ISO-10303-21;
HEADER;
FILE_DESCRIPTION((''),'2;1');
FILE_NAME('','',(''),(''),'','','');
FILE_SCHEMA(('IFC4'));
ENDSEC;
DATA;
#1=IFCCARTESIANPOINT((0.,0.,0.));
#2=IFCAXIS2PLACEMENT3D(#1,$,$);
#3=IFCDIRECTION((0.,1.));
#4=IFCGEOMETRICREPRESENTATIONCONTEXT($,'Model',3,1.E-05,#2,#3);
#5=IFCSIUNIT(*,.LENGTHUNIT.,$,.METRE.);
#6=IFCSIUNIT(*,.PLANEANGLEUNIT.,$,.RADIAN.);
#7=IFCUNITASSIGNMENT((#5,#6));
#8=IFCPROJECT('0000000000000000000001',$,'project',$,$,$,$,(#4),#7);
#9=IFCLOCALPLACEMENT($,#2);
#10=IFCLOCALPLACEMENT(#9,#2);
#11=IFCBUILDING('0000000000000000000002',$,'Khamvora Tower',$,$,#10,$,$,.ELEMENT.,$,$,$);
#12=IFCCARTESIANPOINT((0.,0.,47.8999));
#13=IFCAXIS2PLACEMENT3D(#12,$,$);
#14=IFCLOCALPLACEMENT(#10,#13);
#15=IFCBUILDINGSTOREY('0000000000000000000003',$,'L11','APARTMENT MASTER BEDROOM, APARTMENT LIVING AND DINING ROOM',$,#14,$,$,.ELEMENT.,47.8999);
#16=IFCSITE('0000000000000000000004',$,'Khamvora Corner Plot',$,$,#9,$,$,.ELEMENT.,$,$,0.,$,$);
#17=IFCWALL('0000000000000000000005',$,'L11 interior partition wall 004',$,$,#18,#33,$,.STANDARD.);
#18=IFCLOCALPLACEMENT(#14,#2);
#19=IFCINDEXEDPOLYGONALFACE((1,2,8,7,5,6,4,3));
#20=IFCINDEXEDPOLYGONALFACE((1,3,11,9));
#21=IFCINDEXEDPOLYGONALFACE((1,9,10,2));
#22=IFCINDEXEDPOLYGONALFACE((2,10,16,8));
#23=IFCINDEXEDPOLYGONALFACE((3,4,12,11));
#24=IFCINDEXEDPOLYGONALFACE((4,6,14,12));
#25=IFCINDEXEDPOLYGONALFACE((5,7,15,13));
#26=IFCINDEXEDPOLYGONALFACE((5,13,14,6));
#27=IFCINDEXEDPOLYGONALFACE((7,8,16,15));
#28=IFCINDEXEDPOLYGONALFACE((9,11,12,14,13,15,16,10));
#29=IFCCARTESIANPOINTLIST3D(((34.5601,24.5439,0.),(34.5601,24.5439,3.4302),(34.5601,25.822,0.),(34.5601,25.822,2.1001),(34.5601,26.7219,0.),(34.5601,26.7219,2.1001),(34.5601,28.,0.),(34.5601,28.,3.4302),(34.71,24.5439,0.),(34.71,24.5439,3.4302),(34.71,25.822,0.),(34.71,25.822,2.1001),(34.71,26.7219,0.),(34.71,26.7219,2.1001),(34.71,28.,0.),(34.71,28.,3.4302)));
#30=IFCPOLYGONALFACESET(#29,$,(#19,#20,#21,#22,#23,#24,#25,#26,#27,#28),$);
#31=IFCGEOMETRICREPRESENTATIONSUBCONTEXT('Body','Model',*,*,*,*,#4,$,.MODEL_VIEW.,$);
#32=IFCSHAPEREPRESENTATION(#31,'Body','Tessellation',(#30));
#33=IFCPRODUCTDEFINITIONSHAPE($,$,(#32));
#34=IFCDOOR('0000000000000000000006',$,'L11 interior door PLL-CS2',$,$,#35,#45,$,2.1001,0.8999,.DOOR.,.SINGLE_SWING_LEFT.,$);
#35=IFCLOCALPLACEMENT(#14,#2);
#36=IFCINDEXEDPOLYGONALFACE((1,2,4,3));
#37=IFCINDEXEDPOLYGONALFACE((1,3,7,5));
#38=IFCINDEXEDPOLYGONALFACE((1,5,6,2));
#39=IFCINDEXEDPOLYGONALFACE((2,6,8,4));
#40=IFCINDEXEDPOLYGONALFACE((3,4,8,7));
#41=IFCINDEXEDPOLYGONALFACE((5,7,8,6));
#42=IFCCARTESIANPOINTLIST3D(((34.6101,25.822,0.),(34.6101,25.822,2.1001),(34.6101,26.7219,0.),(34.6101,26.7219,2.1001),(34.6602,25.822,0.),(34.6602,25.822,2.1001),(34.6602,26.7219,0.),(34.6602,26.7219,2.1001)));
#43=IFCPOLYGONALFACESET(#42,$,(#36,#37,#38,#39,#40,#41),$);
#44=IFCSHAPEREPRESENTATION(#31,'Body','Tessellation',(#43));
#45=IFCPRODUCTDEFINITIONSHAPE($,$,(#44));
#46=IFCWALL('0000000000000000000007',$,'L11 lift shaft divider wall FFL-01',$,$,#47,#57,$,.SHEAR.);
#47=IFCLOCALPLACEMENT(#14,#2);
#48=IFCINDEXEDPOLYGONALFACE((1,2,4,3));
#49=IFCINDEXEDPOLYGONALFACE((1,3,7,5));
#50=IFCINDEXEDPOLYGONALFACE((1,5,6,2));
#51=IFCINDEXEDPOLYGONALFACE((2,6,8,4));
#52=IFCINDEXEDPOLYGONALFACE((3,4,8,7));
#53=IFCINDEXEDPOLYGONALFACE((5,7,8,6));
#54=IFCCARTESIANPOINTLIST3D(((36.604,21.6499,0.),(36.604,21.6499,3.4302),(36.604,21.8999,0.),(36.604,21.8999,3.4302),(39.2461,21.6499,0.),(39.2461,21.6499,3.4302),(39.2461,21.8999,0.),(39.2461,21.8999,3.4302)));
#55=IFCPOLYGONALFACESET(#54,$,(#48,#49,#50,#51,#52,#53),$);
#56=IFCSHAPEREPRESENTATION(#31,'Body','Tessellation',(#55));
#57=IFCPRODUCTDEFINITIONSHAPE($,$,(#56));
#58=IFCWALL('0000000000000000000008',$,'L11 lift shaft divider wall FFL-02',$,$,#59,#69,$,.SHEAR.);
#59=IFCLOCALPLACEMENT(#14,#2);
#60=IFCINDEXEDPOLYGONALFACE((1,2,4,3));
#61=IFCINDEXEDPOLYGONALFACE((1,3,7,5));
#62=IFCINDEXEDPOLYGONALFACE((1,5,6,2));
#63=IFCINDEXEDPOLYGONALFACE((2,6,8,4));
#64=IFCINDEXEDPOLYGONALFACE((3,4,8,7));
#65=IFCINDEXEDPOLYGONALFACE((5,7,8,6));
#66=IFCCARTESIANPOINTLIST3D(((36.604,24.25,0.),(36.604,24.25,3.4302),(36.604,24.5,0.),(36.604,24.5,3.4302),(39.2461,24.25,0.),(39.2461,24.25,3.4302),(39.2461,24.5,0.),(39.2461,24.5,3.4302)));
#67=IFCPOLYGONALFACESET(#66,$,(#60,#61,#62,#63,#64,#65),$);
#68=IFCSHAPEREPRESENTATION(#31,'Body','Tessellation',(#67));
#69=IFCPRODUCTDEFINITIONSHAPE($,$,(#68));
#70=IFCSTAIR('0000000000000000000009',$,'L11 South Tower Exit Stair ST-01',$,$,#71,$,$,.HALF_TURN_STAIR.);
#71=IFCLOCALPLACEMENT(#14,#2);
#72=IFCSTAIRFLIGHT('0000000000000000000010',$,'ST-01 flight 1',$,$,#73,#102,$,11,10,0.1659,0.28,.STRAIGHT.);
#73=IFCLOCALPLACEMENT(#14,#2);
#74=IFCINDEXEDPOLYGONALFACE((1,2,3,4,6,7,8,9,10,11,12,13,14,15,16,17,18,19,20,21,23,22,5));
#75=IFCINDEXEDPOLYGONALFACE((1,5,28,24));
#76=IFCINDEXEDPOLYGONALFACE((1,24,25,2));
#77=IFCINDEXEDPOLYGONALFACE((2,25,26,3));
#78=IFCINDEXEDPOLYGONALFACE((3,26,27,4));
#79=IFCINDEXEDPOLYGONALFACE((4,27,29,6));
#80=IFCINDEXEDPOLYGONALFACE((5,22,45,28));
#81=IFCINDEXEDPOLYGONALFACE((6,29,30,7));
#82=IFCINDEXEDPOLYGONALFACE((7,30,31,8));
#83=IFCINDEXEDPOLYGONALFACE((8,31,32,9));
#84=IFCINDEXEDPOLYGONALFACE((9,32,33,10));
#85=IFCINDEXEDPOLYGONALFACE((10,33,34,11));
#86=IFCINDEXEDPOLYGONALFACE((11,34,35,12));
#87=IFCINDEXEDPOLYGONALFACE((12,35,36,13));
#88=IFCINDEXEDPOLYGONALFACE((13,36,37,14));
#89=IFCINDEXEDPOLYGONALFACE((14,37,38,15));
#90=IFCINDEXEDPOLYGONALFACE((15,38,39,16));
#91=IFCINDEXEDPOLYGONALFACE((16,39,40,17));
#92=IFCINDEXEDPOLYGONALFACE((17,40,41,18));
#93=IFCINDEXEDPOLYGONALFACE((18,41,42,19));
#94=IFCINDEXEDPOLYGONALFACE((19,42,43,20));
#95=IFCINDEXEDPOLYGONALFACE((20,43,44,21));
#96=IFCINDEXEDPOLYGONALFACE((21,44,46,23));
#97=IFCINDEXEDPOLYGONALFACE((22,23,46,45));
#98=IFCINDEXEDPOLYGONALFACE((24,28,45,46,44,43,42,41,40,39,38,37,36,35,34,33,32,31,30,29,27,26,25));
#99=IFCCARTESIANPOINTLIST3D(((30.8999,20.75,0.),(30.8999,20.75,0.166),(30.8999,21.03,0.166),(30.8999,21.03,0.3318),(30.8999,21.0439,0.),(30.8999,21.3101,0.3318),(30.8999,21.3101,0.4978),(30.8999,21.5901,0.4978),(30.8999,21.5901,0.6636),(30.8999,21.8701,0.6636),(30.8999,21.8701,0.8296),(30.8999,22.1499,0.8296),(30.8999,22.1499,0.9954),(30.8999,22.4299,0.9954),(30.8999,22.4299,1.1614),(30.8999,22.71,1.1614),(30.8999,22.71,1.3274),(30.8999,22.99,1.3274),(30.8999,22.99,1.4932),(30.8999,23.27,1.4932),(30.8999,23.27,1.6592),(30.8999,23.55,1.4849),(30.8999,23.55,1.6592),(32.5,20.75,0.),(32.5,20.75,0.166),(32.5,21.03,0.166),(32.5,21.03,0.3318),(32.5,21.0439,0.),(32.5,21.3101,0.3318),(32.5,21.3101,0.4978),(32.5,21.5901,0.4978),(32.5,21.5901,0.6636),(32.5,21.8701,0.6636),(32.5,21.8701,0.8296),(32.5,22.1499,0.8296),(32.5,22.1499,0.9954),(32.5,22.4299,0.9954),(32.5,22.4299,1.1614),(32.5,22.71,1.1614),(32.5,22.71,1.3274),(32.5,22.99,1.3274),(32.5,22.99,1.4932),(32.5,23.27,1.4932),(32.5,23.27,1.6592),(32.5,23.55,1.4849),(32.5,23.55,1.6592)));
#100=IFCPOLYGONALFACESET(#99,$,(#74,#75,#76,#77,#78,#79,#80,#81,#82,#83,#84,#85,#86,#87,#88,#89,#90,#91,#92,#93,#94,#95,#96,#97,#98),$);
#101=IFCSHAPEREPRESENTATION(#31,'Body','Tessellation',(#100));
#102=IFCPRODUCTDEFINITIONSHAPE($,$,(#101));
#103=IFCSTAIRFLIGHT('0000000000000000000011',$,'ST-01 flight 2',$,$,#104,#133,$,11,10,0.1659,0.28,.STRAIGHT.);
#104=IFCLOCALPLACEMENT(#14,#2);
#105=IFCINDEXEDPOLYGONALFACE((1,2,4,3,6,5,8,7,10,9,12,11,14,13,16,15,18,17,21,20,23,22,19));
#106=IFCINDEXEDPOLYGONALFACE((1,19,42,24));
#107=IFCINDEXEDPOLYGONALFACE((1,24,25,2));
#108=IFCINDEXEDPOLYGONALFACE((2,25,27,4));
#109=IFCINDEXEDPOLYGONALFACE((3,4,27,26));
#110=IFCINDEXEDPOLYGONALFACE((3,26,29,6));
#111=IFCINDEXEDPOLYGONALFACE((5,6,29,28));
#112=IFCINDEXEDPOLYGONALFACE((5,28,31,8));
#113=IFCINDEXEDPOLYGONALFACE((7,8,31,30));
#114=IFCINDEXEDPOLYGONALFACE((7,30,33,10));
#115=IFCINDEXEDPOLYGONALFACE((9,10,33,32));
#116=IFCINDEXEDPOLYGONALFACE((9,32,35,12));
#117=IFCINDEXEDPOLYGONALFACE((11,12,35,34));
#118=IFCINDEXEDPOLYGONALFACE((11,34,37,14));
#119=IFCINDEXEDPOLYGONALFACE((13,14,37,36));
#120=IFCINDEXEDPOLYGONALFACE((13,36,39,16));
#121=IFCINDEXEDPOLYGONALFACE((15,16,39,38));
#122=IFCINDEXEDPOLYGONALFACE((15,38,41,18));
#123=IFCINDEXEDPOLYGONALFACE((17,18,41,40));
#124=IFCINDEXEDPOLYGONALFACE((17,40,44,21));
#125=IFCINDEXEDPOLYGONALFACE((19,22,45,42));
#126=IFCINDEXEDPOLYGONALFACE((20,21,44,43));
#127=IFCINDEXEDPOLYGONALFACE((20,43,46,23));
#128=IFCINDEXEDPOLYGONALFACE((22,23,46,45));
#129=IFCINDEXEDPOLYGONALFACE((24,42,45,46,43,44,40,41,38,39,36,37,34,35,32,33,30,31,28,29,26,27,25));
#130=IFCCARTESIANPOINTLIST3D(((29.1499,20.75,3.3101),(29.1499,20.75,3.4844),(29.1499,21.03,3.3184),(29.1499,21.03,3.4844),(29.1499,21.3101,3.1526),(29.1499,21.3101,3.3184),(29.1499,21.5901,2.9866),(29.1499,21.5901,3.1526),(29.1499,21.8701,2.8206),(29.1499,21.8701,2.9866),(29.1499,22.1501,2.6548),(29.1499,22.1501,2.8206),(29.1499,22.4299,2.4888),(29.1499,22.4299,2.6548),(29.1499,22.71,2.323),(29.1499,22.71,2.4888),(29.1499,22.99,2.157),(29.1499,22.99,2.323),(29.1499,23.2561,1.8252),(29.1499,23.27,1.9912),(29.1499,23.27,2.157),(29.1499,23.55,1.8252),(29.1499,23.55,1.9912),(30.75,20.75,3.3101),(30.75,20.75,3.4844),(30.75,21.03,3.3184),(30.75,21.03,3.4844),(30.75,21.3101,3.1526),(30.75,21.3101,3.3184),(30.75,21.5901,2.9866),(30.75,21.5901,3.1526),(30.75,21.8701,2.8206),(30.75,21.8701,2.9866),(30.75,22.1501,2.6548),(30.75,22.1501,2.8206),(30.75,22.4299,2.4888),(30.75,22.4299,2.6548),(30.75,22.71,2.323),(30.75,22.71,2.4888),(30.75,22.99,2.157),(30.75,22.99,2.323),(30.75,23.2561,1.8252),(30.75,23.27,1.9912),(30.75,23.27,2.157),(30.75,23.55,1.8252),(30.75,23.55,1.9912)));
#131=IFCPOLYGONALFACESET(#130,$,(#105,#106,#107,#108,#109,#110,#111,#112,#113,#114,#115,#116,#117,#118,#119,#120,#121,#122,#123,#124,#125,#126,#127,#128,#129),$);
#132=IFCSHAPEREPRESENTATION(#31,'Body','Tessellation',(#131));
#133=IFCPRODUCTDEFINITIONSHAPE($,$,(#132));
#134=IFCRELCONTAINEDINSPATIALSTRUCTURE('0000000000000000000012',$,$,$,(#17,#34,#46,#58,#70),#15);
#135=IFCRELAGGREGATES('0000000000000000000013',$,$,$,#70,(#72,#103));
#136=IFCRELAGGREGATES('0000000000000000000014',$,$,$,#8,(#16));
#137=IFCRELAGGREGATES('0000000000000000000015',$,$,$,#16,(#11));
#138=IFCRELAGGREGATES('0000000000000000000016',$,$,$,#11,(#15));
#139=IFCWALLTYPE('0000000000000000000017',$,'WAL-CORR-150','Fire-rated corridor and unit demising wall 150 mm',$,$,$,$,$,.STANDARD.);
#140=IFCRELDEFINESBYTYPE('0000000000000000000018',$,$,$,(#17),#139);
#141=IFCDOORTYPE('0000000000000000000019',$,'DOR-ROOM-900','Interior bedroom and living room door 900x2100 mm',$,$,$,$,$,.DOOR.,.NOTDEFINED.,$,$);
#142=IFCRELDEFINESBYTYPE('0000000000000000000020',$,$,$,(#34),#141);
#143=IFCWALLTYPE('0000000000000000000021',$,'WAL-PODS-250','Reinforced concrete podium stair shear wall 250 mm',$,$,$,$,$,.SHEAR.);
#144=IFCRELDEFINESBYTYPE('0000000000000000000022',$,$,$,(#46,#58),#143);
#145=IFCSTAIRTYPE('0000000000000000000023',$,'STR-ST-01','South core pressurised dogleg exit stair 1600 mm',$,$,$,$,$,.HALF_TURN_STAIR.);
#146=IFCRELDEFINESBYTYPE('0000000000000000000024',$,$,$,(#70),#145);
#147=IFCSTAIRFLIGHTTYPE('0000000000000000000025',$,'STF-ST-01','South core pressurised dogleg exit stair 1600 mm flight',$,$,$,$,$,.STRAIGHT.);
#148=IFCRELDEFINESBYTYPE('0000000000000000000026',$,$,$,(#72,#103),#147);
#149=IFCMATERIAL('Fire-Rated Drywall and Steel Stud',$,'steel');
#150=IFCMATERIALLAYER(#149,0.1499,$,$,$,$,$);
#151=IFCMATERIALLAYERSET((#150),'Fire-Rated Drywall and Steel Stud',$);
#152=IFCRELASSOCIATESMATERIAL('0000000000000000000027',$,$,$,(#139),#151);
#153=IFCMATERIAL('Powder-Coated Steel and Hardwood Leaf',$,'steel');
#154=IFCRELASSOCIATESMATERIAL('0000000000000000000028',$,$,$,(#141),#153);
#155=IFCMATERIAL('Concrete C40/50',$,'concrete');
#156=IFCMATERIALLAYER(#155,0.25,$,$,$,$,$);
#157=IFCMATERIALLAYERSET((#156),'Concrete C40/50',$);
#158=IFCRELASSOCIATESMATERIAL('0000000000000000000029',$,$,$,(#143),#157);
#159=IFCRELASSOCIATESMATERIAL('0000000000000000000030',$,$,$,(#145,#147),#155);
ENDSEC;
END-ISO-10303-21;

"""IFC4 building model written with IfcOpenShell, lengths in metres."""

from ifc_helpers import new_model, si_unit, direction, frame, frame_2d, origin, place, context, subcontext, project, spatial, polyline, rectangle, outline, extrude, material, layer, layer_set, type_object, element, fill, aggregate, save


model = new_model("IFC4")

# Units and contexts
model_context = context("Model", 3, precision=1e-05, world=origin(), true_north=direction((0.0, 1.0)))
body_context = subcontext(model_context, "Body", "Model", "MODEL_VIEW")
ifc_project = project(units=[si_unit("LENGTHUNIT", "METRE"), si_unit("PLANEANGLEUNIT", "RADIAN")], contexts=[model_context])

# Site, building, storey
site_placement = place(None, origin())
site = spatial("IfcSite", under=ifc_project, at=site_placement, Name="Khamvora Corner Plot", CompositionType="ELEMENT", RefElevation=0.0)
building_placement = place(site_placement, origin())
building = spatial("IfcBuilding", under=site, at=building_placement, Name="Khamvora Tower", CompositionType="ELEMENT")
storey_placement = place(building_placement, frame((0.0, 0.0, 47.8999)))
storey = spatial("IfcBuildingStorey", under=building, at=storey_placement, Name="L11", Description="APARTMENT MASTER BEDROOM, APARTMENT LIVING AND DINING ROOM", CompositionType="ELEMENT", Elevation=47.8999)

# Shared definitions
ifc_material_1 = material(Name="Powder-Coated Steel and Hardwood Leaf", Category="steel")

# Wall, opening, door
ifc_material_2 = material(Name="Fire-Rated Drywall and Steel Stud", Category="steel")
ifc_layer_1 = layer(ifc_material_2, 0.1499)
ifc_layer_set_1 = layer_set([ifc_layer_1], Name="Fire-Rated Drywall and Steel Stud")
wall_type_1 = type_object("IfcWallType", Name="WAL-CORR-150", Description="Fire-rated corridor and unit demising wall 150 mm", PredefinedType="STANDARD", material=ifc_layer_set_1)
wall_1_placement = place(storey_placement, frame((34.635, 24.5439, 0.0), z_axis=(0.0, 0.0, 1.0), x_axis=(0.0, 1.0, 0.0)))
wall_1 = element("IfcWall", 1, at=wall_1_placement, inside=storey, type_object=wall_type_1, Name="L11 interior partition wall 004", PredefinedType="STANDARD", context=body_context, shape_type="SweptSolid", body=[
    extrude(rectangle(XDim=3.4561, YDim=0.1499, at=frame_2d((1.728, 0.0))), origin(), (0.0, 0.0, 1.0), 3.4302),
])
opening_1_placement = place(wall_1_placement, frame((1.2781, 0.0, 0.0)))
opening_1 = element("IfcOpeningElement", 2, at=opening_1_placement, cuts=wall_1, PredefinedType="OPENING", context=body_context, shape_type="SweptSolid", body=[
    extrude(rectangle(XDim=0.8999, YDim=2.1001, at=frame_2d((0.45, 1.05))), frame((0.0, 0.085, 0.0), z_axis=(0.0, -1.0, 0.0), x_axis=(1.0, 0.0, 0.0)), (0.0, 0.0, 1.0), 0.1699),
])
door_type_1 = type_object("IfcDoorType", Name="DOR-ROOM-900", Description="Interior bedroom and living room door 900x2100 mm", OperationType="NOTDEFINED", PredefinedType="DOOR", material=ifc_material_1)
door_1_placement = place(opening_1_placement, origin())
door_1 = element("IfcDoor", 3, at=door_1_placement, inside=storey, type_object=door_type_1, Name="L11 interior door PLL-CS2", OperationType="SINGLE_SWING_LEFT", OverallHeight=2.1001, OverallWidth=0.8999, PredefinedType="DOOR", context=body_context, shape_type="SweptSolid", body=[
    extrude(rectangle(XDim=0.8999, YDim=2.1001, at=frame_2d((0.45, 1.05))), frame((0.0, 0.0249, 0.0), z_axis=(0.0, -1.0, 0.0), x_axis=(1.0, 0.0, 0.0)), (0.0, 0.0, 1.0), 0.05),
])
fill(opening_1, door_1)

# Walls
ifc_material_3 = material(Name="Concrete C40/50", Category="concrete")
ifc_layer_2 = layer(ifc_material_3, 0.25)
ifc_layer_set_2 = layer_set([ifc_layer_2], Name="Concrete C40/50")
wall_type_2 = type_object("IfcWallType", Name="WAL-PODS-250", Description="Reinforced concrete podium stair shear wall 250 mm", PredefinedType="SHEAR", material=ifc_layer_set_2)
for number, where, z_axis, x_axis, name in (
    (4, (36.604, 21.7749, 0.0), (0.0, 0.0, 1.0), (1.0, 0.0, 0.0), "L11 lift shaft divider wall FFL-01"),
    (5, (36.604, 24.375, 0.0), (0.0, 0.0, 1.0), (1.0, 0.0, 0.0), "L11 lift shaft divider wall FFL-02"),
):
    element("IfcWall", number, at=place(storey_placement, frame(where, z_axis=z_axis, x_axis=x_axis)), inside=storey, type_object=wall_type_2, Name=name, PredefinedType="SHEAR", context=body_context, shape_type="SweptSolid", body=[
        extrude(rectangle(XDim=2.6421, YDim=0.25, at=frame_2d((1.321, 0.0))), origin(), (0.0, 0.0, 1.0), 3.4302),
    ])

# Stair, stair flights
stair_type = type_object("IfcStairType", Name="STR-ST-01", Description="South core pressurised dogleg exit stair 1600 mm", PredefinedType="HALF_TURN_STAIR", material=ifc_material_3)
stair_placement = place(storey_placement, origin())
stair = element("IfcStair", 6, at=stair_placement, inside=storey, type_object=stair_type, Name="L11 South Tower Exit Stair ST-01", PredefinedType="HALF_TURN_STAIR")
stair_flight_type = type_object("IfcStairFlightType", Name="STF-ST-01", Description="South core pressurised dogleg exit stair 1600 mm flight", PredefinedType="STRAIGHT", material=ifc_material_3)
stair_flight_1_placement = place(storey_placement, frame((31.7, 20.75, 0.0), z_axis=(0.0, 0.0, 1.0), x_axis=(0.0, 1.0, 0.0)))
stair_flight_1 = element("IfcStairFlight", 7, at=stair_flight_1_placement, type_object=stair_flight_type, Name="ST-01 flight 1", NumberOfRisers=11, NumberOfTreads=10, PredefinedType="STRAIGHT", RiserHeight=0.1659, TreadLength=0.28, context=body_context, shape_type="SweptSolid", body=[
    extrude(outline(polyline([(0.0, 0.0), (0.0, 0.166), (0.28, 0.166), (0.28, 0.3318), (0.5601, 0.3318), (0.5601, 0.4978), (0.8401, 0.4978), (0.8401, 0.6636), (1.1201, 0.6636), (1.1201, 0.8296), (1.3999, 0.8296), (1.3999, 0.9954), (1.6799, 0.9954), (1.6799, 1.1614), (1.96, 1.1614), (1.96, 1.3274), (2.24, 1.3274), (2.24, 1.4932), (2.52, 1.4932), (2.52, 1.6592), (2.8, 1.6592), (2.8, 1.825), (2.8, 1.4849), (0.2939, 0.0), (0.0, 0.0)])), frame((0.0, 0.8, 0.0), z_axis=(0.0, -1.0, 0.0), x_axis=(1.0, 0.0, 0.0)), (0.0, 0.0, 1.0), 1.6001),
])
stair_flight_2_placement = place(storey_placement, frame((29.95, 23.55, 1.8252), z_axis=(0.0, 0.0, 1.0), x_axis=(0.0, -1.0, 0.0)))
stair_flight_2 = element("IfcStairFlight", 8, at=stair_flight_2_placement, type_object=stair_flight_type, Name="ST-01 flight 2", NumberOfRisers=11, NumberOfTreads=10, PredefinedType="STRAIGHT", RiserHeight=0.1659, TreadLength=0.28, context=body_context, shape_type="SweptSolid", body=[
    extrude(outline(polyline([(0.0, 0.0), (0.0, 0.166), (0.28, 0.166), (0.28, 0.3318), (0.5601, 0.3318), (0.5601, 0.4978), (0.8401, 0.4978), (0.8401, 0.6636), (1.1201, 0.6636), (1.1201, 0.8296), (1.3999, 0.8296), (1.3999, 0.9954), (1.6799, 0.9954), (1.6799, 1.1614), (1.96, 1.1614), (1.96, 1.3274), (2.24, 1.3274), (2.24, 1.4932), (2.52, 1.4932), (2.52, 1.6592), (2.8, 1.6592), (2.8, 1.825), (2.8, 1.4849), (0.2939, 0.0), (0.0, 0.0)])), frame((0.0, 0.8, 0.0), z_axis=(0.0, -1.0, 0.0), x_axis=(1.0, 0.0, 0.0)), (0.0, 0.0, 1.0), 1.6001),
])
aggregate(stair, [stair_flight_1, stair_flight_2])

save(model, "model.ifc")
